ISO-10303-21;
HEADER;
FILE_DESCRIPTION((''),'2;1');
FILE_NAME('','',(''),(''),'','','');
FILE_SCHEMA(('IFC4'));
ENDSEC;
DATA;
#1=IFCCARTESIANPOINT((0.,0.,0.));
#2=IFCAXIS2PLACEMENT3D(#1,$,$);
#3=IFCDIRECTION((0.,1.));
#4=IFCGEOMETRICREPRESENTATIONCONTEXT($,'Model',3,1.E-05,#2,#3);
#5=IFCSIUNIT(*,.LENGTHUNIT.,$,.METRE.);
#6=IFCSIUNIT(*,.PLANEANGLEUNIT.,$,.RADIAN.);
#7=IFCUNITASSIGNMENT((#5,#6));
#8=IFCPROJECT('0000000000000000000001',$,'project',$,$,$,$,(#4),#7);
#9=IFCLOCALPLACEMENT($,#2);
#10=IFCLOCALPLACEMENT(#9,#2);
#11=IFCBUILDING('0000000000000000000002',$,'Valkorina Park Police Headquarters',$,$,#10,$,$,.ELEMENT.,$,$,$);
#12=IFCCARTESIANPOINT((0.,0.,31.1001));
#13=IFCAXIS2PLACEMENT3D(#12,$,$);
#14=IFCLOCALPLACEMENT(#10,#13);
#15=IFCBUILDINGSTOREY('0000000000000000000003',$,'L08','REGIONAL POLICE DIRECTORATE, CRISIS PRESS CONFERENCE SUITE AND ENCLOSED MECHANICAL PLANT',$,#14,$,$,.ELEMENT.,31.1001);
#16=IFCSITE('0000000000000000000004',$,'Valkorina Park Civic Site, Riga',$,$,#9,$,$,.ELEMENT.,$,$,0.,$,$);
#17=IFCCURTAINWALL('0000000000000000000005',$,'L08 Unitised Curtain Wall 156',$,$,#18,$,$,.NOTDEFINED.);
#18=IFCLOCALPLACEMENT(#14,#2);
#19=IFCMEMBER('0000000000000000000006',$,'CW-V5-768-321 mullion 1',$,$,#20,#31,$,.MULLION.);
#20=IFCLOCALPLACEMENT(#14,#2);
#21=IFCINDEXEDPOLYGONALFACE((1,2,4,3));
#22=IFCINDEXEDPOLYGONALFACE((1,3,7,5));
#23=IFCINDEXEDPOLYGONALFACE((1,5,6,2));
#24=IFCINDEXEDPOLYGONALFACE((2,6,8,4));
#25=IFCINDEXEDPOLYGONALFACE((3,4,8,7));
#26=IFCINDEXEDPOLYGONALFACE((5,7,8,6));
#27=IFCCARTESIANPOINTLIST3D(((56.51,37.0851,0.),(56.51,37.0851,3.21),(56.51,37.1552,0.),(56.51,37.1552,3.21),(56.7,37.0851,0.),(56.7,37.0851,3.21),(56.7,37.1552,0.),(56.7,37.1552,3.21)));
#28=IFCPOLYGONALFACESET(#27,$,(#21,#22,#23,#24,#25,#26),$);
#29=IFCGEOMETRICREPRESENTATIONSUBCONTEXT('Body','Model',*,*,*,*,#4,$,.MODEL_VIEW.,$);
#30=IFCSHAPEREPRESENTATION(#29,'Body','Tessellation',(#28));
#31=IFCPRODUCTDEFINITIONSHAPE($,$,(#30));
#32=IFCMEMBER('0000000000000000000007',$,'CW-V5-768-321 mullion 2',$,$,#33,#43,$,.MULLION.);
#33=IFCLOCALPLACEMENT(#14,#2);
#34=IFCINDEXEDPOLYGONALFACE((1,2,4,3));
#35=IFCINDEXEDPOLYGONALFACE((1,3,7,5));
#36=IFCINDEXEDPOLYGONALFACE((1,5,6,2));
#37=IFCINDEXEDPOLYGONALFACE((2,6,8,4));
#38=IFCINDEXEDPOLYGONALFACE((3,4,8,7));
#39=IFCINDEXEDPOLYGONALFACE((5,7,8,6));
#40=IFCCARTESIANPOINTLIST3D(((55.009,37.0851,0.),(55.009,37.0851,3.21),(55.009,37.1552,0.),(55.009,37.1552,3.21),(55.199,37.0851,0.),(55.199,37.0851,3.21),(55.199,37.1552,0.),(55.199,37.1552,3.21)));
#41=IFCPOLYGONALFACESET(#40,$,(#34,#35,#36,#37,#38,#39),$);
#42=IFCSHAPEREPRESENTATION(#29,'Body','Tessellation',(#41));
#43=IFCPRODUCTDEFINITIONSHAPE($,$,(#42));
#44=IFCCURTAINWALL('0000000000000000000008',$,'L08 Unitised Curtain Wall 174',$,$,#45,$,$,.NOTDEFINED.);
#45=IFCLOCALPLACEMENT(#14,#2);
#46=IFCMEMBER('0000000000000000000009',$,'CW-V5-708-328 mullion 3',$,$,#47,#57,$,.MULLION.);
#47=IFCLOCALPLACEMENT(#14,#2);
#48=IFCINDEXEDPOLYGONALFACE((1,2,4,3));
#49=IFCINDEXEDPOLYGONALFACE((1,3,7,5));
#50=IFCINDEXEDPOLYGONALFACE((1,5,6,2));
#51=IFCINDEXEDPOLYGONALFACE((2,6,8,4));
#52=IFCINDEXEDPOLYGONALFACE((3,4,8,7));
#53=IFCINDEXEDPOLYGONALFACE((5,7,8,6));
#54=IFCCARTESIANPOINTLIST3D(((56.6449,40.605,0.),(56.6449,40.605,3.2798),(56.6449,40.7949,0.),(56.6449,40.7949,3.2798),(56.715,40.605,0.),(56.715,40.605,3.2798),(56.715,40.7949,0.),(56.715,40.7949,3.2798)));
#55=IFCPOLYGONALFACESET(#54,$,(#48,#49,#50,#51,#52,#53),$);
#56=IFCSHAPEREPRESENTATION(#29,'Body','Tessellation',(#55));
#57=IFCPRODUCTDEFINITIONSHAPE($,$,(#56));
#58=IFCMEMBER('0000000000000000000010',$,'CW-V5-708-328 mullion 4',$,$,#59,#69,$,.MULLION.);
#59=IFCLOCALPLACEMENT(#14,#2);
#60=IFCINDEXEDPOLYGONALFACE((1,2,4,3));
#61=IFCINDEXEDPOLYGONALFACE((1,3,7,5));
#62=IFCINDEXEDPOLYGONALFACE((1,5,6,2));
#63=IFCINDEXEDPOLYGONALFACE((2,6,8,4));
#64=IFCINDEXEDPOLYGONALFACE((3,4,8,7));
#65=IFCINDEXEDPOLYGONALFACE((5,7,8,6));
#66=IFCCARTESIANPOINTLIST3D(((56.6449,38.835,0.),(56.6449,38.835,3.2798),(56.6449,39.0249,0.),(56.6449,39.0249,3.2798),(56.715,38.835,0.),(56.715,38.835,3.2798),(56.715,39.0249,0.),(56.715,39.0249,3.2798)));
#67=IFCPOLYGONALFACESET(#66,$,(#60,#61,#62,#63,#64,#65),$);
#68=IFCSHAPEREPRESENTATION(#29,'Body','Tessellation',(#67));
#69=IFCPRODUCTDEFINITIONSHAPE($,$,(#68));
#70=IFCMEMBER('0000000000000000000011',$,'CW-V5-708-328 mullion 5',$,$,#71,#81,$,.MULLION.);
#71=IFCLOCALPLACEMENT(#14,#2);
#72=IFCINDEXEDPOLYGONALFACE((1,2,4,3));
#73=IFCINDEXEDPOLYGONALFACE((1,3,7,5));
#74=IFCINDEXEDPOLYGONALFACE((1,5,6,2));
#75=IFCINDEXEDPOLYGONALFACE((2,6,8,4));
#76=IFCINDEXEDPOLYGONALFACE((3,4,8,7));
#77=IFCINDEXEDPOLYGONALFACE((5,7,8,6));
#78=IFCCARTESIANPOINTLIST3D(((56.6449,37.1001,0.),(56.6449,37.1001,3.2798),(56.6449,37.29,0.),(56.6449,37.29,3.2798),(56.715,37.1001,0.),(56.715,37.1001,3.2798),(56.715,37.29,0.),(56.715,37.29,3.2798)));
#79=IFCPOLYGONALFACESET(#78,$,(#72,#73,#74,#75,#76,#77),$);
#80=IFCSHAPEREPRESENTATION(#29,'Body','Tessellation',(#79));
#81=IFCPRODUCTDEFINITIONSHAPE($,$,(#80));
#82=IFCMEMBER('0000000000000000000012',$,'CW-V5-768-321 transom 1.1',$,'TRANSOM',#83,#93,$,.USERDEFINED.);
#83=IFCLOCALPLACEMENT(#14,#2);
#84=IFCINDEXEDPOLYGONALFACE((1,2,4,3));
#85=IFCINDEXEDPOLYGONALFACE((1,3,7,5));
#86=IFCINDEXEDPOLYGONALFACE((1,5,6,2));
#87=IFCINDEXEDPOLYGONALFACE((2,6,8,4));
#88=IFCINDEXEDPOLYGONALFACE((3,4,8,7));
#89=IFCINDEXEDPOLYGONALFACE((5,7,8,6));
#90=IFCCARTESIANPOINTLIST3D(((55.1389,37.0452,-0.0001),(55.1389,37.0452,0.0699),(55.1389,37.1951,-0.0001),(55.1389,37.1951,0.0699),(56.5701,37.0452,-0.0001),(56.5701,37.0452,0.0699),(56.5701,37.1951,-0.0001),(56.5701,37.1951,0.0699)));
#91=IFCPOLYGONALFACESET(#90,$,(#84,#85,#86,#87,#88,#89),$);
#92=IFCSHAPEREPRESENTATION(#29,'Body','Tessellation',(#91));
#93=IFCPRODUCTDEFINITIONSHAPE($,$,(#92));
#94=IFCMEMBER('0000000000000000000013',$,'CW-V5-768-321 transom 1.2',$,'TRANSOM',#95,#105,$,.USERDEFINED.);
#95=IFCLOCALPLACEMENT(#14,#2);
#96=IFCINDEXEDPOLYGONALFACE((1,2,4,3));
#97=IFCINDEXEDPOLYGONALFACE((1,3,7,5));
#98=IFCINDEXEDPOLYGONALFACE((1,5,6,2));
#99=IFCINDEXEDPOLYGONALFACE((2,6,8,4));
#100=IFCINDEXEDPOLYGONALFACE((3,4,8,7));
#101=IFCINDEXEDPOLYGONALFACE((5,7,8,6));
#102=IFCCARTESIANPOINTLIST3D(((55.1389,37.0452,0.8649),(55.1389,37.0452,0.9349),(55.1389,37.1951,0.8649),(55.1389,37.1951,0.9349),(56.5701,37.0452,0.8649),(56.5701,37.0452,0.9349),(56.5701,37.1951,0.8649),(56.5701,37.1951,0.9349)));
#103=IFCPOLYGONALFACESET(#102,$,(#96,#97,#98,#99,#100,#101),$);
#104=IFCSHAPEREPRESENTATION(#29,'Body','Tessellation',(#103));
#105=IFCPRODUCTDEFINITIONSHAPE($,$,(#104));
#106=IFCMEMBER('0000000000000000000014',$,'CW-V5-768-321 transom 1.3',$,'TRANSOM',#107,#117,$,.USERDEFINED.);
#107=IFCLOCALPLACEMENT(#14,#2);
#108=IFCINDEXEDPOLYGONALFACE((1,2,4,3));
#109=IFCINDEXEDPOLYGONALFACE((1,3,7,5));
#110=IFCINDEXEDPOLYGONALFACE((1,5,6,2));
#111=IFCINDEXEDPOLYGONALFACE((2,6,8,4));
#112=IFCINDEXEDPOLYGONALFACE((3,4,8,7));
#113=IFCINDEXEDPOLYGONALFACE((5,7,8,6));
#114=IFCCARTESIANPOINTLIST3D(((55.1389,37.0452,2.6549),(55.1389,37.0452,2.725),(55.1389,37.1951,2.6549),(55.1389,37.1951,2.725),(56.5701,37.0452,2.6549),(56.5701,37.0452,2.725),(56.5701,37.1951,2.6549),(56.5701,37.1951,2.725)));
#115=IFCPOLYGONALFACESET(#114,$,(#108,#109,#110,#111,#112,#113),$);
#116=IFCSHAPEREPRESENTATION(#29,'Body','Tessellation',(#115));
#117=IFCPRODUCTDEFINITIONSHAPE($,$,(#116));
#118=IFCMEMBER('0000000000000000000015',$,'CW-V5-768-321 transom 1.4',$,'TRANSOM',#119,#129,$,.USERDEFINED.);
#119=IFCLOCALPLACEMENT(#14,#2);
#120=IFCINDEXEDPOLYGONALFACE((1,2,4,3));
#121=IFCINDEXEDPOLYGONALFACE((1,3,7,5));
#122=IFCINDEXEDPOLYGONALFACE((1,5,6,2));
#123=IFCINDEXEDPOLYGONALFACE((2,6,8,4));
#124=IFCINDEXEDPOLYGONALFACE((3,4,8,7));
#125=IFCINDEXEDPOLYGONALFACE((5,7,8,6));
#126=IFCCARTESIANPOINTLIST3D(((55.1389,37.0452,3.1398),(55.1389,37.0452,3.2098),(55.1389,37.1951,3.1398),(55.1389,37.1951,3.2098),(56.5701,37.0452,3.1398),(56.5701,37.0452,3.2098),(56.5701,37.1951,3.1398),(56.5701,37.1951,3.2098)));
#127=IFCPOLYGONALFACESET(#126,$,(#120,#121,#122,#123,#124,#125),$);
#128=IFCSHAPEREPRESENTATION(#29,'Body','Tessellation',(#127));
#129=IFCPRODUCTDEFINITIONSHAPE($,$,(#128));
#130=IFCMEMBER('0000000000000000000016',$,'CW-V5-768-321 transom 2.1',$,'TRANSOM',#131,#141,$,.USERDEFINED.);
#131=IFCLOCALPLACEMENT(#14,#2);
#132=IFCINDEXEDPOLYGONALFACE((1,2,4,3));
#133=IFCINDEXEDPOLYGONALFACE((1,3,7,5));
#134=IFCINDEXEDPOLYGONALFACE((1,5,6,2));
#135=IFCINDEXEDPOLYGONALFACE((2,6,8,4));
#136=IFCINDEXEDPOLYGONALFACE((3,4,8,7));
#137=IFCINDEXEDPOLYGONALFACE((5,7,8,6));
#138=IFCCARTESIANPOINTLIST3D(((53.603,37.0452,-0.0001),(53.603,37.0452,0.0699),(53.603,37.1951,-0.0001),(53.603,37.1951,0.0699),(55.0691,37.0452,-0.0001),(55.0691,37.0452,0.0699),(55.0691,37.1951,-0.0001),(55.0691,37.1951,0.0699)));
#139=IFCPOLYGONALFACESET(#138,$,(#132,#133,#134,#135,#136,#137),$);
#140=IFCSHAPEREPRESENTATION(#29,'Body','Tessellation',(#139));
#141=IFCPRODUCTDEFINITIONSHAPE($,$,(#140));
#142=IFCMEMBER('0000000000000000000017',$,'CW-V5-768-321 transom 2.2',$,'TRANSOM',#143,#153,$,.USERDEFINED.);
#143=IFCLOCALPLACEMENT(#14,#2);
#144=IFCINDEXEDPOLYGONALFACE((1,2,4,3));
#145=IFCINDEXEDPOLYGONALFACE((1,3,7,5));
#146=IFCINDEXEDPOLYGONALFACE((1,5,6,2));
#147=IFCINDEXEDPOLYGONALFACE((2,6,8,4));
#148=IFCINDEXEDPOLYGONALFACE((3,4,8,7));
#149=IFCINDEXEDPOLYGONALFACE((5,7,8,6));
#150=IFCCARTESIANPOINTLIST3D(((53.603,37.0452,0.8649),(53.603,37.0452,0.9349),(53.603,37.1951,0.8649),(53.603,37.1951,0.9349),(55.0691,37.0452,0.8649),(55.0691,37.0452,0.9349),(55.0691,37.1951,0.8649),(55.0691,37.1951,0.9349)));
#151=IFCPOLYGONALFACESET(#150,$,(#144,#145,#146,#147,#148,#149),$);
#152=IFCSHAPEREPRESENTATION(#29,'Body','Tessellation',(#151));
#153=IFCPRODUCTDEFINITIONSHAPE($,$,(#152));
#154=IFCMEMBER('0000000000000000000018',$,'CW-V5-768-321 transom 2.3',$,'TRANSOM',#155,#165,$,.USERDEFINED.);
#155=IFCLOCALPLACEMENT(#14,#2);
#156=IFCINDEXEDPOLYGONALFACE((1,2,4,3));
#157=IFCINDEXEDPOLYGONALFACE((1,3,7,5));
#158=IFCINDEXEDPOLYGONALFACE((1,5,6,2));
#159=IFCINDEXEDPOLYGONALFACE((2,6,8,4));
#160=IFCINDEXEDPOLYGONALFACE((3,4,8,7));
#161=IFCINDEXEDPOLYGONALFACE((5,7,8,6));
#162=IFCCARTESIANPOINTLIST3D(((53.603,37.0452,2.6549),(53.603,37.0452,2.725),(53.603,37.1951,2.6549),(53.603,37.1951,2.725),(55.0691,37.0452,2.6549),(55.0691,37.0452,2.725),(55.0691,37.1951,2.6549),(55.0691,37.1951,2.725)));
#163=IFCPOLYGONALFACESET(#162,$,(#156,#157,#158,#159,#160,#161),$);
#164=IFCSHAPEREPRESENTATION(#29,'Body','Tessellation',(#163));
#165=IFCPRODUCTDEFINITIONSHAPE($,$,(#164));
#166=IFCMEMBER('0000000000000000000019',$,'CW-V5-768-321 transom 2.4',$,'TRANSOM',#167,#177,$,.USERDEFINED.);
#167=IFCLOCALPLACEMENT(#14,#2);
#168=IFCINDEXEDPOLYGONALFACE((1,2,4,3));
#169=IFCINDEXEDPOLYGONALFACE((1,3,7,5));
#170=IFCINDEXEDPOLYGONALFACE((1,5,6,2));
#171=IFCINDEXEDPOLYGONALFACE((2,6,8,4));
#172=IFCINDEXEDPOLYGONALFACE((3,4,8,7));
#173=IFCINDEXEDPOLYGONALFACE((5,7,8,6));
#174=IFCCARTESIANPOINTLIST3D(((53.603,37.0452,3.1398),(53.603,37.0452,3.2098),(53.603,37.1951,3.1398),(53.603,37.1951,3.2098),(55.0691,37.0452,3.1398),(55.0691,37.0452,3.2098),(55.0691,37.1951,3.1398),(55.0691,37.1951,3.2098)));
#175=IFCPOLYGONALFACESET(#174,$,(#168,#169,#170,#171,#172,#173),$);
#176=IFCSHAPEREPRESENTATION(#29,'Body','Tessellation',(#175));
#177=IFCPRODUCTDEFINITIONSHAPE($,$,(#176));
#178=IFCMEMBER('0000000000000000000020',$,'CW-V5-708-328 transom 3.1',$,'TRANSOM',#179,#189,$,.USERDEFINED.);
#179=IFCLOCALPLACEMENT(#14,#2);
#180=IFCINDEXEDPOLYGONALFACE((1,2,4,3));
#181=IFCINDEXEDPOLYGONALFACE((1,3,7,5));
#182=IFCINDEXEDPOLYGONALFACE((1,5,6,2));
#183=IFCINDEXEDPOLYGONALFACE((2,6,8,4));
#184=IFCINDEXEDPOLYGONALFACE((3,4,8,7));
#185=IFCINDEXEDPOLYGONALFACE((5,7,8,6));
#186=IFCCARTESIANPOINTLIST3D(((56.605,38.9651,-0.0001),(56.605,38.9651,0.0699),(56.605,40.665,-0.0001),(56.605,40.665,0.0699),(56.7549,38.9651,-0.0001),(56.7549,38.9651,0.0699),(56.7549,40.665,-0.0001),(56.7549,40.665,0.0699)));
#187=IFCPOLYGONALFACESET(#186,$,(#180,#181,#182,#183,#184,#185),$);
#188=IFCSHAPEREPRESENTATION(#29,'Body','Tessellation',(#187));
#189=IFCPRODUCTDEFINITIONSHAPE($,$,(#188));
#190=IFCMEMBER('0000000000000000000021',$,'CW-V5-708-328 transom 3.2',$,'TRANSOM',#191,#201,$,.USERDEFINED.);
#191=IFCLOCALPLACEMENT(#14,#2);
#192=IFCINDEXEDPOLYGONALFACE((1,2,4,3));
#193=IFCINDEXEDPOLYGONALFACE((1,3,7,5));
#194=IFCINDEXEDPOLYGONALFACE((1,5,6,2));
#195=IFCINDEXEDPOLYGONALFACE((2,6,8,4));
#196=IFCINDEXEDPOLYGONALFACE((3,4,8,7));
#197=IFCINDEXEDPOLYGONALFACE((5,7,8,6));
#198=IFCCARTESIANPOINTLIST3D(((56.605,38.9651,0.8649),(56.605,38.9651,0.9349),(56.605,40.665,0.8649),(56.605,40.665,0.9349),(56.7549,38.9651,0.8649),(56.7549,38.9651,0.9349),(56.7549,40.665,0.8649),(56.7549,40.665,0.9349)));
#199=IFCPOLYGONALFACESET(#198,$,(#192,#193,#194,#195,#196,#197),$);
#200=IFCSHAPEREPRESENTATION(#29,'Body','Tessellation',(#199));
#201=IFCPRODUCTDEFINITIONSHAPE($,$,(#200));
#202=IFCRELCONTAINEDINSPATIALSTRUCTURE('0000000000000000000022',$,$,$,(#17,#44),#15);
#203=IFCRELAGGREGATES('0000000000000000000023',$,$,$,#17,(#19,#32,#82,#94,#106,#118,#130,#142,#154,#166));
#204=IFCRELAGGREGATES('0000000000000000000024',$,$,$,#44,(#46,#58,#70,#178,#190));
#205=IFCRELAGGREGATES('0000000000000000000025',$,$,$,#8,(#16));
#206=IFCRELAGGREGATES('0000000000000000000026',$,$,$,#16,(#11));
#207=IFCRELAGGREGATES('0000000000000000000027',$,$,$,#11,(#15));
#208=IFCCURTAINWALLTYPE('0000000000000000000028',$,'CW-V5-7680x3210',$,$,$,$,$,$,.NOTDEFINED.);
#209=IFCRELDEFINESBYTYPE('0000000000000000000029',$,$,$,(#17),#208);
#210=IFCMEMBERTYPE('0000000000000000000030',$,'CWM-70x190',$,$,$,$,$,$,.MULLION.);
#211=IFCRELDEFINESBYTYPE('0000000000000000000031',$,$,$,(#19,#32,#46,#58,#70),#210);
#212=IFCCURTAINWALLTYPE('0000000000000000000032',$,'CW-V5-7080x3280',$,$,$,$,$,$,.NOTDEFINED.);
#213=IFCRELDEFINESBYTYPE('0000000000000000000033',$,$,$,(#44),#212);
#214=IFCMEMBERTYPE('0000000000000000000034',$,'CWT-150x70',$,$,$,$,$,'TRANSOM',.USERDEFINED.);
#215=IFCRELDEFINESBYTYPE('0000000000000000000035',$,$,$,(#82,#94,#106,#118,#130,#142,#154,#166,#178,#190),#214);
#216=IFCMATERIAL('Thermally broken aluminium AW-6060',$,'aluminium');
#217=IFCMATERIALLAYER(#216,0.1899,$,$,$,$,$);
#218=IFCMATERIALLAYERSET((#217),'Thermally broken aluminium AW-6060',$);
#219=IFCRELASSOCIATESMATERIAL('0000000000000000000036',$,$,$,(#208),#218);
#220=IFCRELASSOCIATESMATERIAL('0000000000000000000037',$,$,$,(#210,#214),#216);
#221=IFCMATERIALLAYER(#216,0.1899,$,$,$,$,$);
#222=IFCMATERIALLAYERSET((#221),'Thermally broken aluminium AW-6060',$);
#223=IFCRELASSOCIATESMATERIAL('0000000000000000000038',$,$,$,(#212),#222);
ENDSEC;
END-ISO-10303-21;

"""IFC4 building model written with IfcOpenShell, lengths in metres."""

from ifc_helpers import new_model, si_unit, direction, frame, origin, origin_2d, place, context, subcontext, project, spatial, rectangle, extrude, material, layer, layer_set, material_profile, profile_set, type_object, element, aggregate, save


model = new_model("IFC4")

# Units and contexts
model_context = context("Model", 3, precision=1e-05, world=origin(), true_north=direction((0.0, 1.0)))
body_context = subcontext(model_context, "Body", "Model", "MODEL_VIEW")
ifc_project = project(units=[si_unit("LENGTHUNIT", "METRE"), si_unit("PLANEANGLEUNIT", "RADIAN")], contexts=[model_context])

# Site, building, storey
site_placement = place(None, origin())
site = spatial("IfcSite", under=ifc_project, at=site_placement, Name="Valkorina Park Civic Site, Riga", CompositionType="ELEMENT", RefElevation=0.0)
building_placement = place(site_placement, origin())
building = spatial("IfcBuilding", under=site, at=building_placement, Name="Valkorina Park Police Headquarters", CompositionType="ELEMENT")
storey_placement = place(building_placement, frame((0.0, 0.0, 31.1001)))
storey = spatial("IfcBuildingStorey", under=building, at=storey_placement, Name="L08", Description="REGIONAL POLICE DIRECTORATE, CRISIS PRESS CONFERENCE SUITE AND ENCLOSED MECHANICAL PLANT", CompositionType="ELEMENT", Elevation=31.1001)

# Curtain walls, members
ifc_material_1 = material(Name="Thermally broken aluminium AW-6060", Category="aluminium")
ifc_layer_1 = layer(ifc_material_1, 0.1899)
ifc_layer_set_1 = layer_set([ifc_layer_1], Name="Thermally broken aluminium AW-6060")
curtain_wall_type_1 = type_object("IfcCurtainWallType", Name="CW-V5-7680x3210", PredefinedType="NOTDEFINED", material=ifc_layer_set_1)
curtain_wall_1_placement = place(storey_placement, origin())
curtain_wall_1 = element("IfcCurtainWall", 1, at=curtain_wall_1_placement, inside=storey, type_object=curtain_wall_type_1, Name="L08 Unitised Curtain Wall 156", PredefinedType="NOTDEFINED")
ifc_material_profile_1 = material_profile(ifc_material_1, rectangle(XDim=0.0701, YDim=0.1899, at=origin_2d()), Name="CWM-02 70x190")
ifc_profile_set_1 = profile_set([ifc_material_profile_1], Name="Thermally broken aluminium AW-6060")
member_type_1 = type_object("IfcMemberType", Name="CWM-70x190", PredefinedType="MULLION", material=ifc_profile_set_1)
member_1_placement = place(storey_placement, frame((56.605, 37.1201, 0.0), z_axis=(0.0, 0.0, 1.0), x_axis=(0.0, -1.0, 0.0)))
member_1 = element("IfcMember", 2, at=member_1_placement, type_object=member_type_1, Name="CW-V5-768-321 mullion 1", PredefinedType="MULLION", context=body_context, shape_type="SweptSolid", body=[
    extrude(rectangle(XDim=0.0701, YDim=0.1899, at=origin_2d()), origin(), (0.0, 0.0, 1.0), 3.21),
])
member_2_placement = place(storey_placement, frame((55.104, 37.1201, 0.0), z_axis=(0.0, 0.0, 1.0), x_axis=(0.0, -1.0, 0.0)))
member_2 = element("IfcMember", 3, at=member_2_placement, type_object=member_type_1, Name="CW-V5-768-321 mullion 2", PredefinedType="MULLION", context=body_context, shape_type="SweptSolid", body=[
    extrude(rectangle(XDim=0.0701, YDim=0.1899, at=origin_2d()), origin(), (0.0, 0.0, 1.0), 3.21),
])
ifc_layer_2 = layer(ifc_material_1, 0.1899)
ifc_layer_set_2 = layer_set([ifc_layer_2], Name="Thermally broken aluminium AW-6060")
curtain_wall_type_2 = type_object("IfcCurtainWallType", Name="CW-V5-7080x3280", PredefinedType="NOTDEFINED", material=ifc_layer_set_2)
curtain_wall_2_placement = place(storey_placement, origin())
curtain_wall_2 = element("IfcCurtainWall", 4, at=curtain_wall_2_placement, inside=storey, type_object=curtain_wall_type_2, Name="L08 Unitised Curtain Wall 174", PredefinedType="NOTDEFINED")
member_3_placement = place(storey_placement, frame((56.6799, 40.7, 0.0), z_axis=(0.0, 0.0, 1.0), x_axis=(1.0, 0.0, 0.0)))
member_3 = element("IfcMember", 5, at=member_3_placement, type_object=member_type_1, Name="CW-V5-708-328 mullion 3", PredefinedType="MULLION", context=body_context, shape_type="SweptSolid", body=[
    extrude(rectangle(XDim=0.0701, YDim=0.1899, at=origin_2d()), origin(), (0.0, 0.0, 1.0), 3.2798),
])
member_4_placement = place(storey_placement, frame((56.6799, 38.9299, 0.0), z_axis=(0.0, 0.0, 1.0), x_axis=(1.0, 0.0, 0.0)))
member_4 = element("IfcMember", 6, at=member_4_placement, type_object=member_type_1, Name="CW-V5-708-328 mullion 4", PredefinedType="MULLION", context=body_context, shape_type="SweptSolid", body=[
    extrude(rectangle(XDim=0.0701, YDim=0.1899, at=origin_2d()), origin(), (0.0, 0.0, 1.0), 3.2798),
])
member_5_placement = place(storey_placement, frame((56.6799, 37.1951, 0.0), z_axis=(0.0, 0.0, 1.0), x_axis=(1.0, 0.0, 0.0)))
member_5 = element("IfcMember", 7, at=member_5_placement, type_object=member_type_1, Name="CW-V5-708-328 mullion 5", PredefinedType="MULLION", context=body_context, shape_type="SweptSolid", body=[
    extrude(rectangle(XDim=0.0701, YDim=0.1899, at=origin_2d()), origin(), (0.0, 0.0, 1.0), 3.2798),
])

# Members
ifc_material_profile_2 = material_profile(ifc_material_1, rectangle(XDim=0.1499, YDim=0.0701, at=origin_2d()), Name="CWT-02 150x70")
ifc_profile_set_2 = profile_set([ifc_material_profile_2], Name="Thermally broken aluminium AW-6060")
member_type_2 = type_object("IfcMemberType", Name="CWT-150x70", ElementType="TRANSOM", PredefinedType="USERDEFINED", material=ifc_profile_set_2)
member_6_placement = place(storey_placement, frame((56.5701, 37.1201, 0.0349), z_axis=(-1.0, 0.0, 0.0), x_axis=(0.0, -1.0, 0.0)))
member_6 = element("IfcMember", 8, at=member_6_placement, type_object=member_type_2, Name="CW-V5-768-321 transom 1.1", ObjectType="TRANSOM", PredefinedType="USERDEFINED", context=body_context, shape_type="SweptSolid", body=[
    extrude(rectangle(XDim=0.1499, YDim=0.0701, at=origin_2d()), origin(), (0.0, 0.0, 1.0), 1.4312),
])
member_7_placement = place(storey_placement, frame((56.5701, 37.1201, 0.8999), z_axis=(-1.0, 0.0, 0.0), x_axis=(0.0, -1.0, 0.0)))
member_7 = element("IfcMember", 9, at=member_7_placement, type_object=member_type_2, Name="CW-V5-768-321 transom 1.2", ObjectType="TRANSOM", PredefinedType="USERDEFINED", context=body_context, shape_type="SweptSolid", body=[
    extrude(rectangle(XDim=0.1499, YDim=0.0701, at=origin_2d()), origin(), (0.0, 0.0, 1.0), 1.4312),
])
member_8_placement = place(storey_placement, frame((56.5701, 37.1201, 2.6899), z_axis=(-1.0, 0.0, 0.0), x_axis=(0.0, -1.0, 0.0)))
member_8 = element("IfcMember", 10, at=member_8_placement, type_object=member_type_2, Name="CW-V5-768-321 transom 1.3", ObjectType="TRANSOM", PredefinedType="USERDEFINED", context=body_context, shape_type="SweptSolid", body=[
    extrude(rectangle(XDim=0.1499, YDim=0.0701, at=origin_2d()), origin(), (0.0, 0.0, 1.0), 1.4312),
])
member_9_placement = place(storey_placement, frame((56.5701, 37.1201, 3.1748), z_axis=(-1.0, 0.0, 0.0), x_axis=(0.0, -1.0, 0.0)))
member_9 = element("IfcMember", 11, at=member_9_placement, type_object=member_type_2, Name="CW-V5-768-321 transom 1.4", ObjectType="TRANSOM", PredefinedType="USERDEFINED", context=body_context, shape_type="SweptSolid", body=[
    extrude(rectangle(XDim=0.1499, YDim=0.0701, at=origin_2d()), origin(), (0.0, 0.0, 1.0), 1.4312),
])
member_10_placement = place(storey_placement, frame((55.0691, 37.1201, 0.0349), z_axis=(-1.0, 0.0, 0.0), x_axis=(0.0, -1.0, 0.0)))
member_10 = element("IfcMember", 12, at=member_10_placement, type_object=member_type_2, Name="CW-V5-768-321 transom 2.1", ObjectType="TRANSOM", PredefinedType="USERDEFINED", context=body_context, shape_type="SweptSolid", body=[
    extrude(rectangle(XDim=0.1499, YDim=0.0701, at=origin_2d()), origin(), (0.0, 0.0, 1.0), 1.4661),
])
member_11_placement = place(storey_placement, frame((55.0691, 37.1201, 0.8999), z_axis=(-1.0, 0.0, 0.0), x_axis=(0.0, -1.0, 0.0)))
member_11 = element("IfcMember", 13, at=member_11_placement, type_object=member_type_2, Name="CW-V5-768-321 transom 2.2", ObjectType="TRANSOM", PredefinedType="USERDEFINED", context=body_context, shape_type="SweptSolid", body=[
    extrude(rectangle(XDim=0.1499, YDim=0.0701, at=origin_2d()), origin(), (0.0, 0.0, 1.0), 1.4661),
])
member_12_placement = place(storey_placement, frame((55.0691, 37.1201, 2.6899), z_axis=(-1.0, 0.0, 0.0), x_axis=(0.0, -1.0, 0.0)))
member_12 = element("IfcMember", 14, at=member_12_placement, type_object=member_type_2, Name="CW-V5-768-321 transom 2.3", ObjectType="TRANSOM", PredefinedType="USERDEFINED", context=body_context, shape_type="SweptSolid", body=[
    extrude(rectangle(XDim=0.1499, YDim=0.0701, at=origin_2d()), origin(), (0.0, 0.0, 1.0), 1.4661),
])
member_13_placement = place(storey_placement, frame((55.0691, 37.1201, 3.1748), z_axis=(-1.0, 0.0, 0.0), x_axis=(0.0, -1.0, 0.0)))
member_13 = element("IfcMember", 15, at=member_13_placement, type_object=member_type_2, Name="CW-V5-768-321 transom 2.4", ObjectType="TRANSOM", PredefinedType="USERDEFINED", context=body_context, shape_type="SweptSolid", body=[
    extrude(rectangle(XDim=0.1499, YDim=0.0701, at=origin_2d()), origin(), (0.0, 0.0, 1.0), 1.4661),
])
member_14_placement = place(storey_placement, frame((56.6799, 40.665, 0.0349), z_axis=(0.0, -1.0, 0.0), x_axis=(1.0, 0.0, 0.0)))
member_14 = element("IfcMember", 16, at=member_14_placement, type_object=member_type_2, Name="CW-V5-708-328 transom 3.1", ObjectType="TRANSOM", PredefinedType="USERDEFINED", context=body_context, shape_type="SweptSolid", body=[
    extrude(rectangle(XDim=0.1499, YDim=0.0701, at=origin_2d()), origin(), (0.0, 0.0, 1.0), 1.7),
])
member_15_placement = place(storey_placement, frame((56.6799, 40.665, 0.8999), z_axis=(0.0, -1.0, 0.0), x_axis=(1.0, 0.0, 0.0)))
member_15 = element("IfcMember", 17, at=member_15_placement, type_object=member_type_2, Name="CW-V5-708-328 transom 3.2", ObjectType="TRANSOM", PredefinedType="USERDEFINED", context=body_context, shape_type="SweptSolid", body=[
    extrude(rectangle(XDim=0.1499, YDim=0.0701, at=origin_2d()), origin(), (0.0, 0.0, 1.0), 1.7),
])

aggregate(curtain_wall_1, [member_1, member_2, member_6, member_7, member_8, member_9, member_10, member_11, member_12, member_13])
aggregate(curtain_wall_2, [member_3, member_4, member_5, member_14, member_15])

save(model, "model.ifc")
